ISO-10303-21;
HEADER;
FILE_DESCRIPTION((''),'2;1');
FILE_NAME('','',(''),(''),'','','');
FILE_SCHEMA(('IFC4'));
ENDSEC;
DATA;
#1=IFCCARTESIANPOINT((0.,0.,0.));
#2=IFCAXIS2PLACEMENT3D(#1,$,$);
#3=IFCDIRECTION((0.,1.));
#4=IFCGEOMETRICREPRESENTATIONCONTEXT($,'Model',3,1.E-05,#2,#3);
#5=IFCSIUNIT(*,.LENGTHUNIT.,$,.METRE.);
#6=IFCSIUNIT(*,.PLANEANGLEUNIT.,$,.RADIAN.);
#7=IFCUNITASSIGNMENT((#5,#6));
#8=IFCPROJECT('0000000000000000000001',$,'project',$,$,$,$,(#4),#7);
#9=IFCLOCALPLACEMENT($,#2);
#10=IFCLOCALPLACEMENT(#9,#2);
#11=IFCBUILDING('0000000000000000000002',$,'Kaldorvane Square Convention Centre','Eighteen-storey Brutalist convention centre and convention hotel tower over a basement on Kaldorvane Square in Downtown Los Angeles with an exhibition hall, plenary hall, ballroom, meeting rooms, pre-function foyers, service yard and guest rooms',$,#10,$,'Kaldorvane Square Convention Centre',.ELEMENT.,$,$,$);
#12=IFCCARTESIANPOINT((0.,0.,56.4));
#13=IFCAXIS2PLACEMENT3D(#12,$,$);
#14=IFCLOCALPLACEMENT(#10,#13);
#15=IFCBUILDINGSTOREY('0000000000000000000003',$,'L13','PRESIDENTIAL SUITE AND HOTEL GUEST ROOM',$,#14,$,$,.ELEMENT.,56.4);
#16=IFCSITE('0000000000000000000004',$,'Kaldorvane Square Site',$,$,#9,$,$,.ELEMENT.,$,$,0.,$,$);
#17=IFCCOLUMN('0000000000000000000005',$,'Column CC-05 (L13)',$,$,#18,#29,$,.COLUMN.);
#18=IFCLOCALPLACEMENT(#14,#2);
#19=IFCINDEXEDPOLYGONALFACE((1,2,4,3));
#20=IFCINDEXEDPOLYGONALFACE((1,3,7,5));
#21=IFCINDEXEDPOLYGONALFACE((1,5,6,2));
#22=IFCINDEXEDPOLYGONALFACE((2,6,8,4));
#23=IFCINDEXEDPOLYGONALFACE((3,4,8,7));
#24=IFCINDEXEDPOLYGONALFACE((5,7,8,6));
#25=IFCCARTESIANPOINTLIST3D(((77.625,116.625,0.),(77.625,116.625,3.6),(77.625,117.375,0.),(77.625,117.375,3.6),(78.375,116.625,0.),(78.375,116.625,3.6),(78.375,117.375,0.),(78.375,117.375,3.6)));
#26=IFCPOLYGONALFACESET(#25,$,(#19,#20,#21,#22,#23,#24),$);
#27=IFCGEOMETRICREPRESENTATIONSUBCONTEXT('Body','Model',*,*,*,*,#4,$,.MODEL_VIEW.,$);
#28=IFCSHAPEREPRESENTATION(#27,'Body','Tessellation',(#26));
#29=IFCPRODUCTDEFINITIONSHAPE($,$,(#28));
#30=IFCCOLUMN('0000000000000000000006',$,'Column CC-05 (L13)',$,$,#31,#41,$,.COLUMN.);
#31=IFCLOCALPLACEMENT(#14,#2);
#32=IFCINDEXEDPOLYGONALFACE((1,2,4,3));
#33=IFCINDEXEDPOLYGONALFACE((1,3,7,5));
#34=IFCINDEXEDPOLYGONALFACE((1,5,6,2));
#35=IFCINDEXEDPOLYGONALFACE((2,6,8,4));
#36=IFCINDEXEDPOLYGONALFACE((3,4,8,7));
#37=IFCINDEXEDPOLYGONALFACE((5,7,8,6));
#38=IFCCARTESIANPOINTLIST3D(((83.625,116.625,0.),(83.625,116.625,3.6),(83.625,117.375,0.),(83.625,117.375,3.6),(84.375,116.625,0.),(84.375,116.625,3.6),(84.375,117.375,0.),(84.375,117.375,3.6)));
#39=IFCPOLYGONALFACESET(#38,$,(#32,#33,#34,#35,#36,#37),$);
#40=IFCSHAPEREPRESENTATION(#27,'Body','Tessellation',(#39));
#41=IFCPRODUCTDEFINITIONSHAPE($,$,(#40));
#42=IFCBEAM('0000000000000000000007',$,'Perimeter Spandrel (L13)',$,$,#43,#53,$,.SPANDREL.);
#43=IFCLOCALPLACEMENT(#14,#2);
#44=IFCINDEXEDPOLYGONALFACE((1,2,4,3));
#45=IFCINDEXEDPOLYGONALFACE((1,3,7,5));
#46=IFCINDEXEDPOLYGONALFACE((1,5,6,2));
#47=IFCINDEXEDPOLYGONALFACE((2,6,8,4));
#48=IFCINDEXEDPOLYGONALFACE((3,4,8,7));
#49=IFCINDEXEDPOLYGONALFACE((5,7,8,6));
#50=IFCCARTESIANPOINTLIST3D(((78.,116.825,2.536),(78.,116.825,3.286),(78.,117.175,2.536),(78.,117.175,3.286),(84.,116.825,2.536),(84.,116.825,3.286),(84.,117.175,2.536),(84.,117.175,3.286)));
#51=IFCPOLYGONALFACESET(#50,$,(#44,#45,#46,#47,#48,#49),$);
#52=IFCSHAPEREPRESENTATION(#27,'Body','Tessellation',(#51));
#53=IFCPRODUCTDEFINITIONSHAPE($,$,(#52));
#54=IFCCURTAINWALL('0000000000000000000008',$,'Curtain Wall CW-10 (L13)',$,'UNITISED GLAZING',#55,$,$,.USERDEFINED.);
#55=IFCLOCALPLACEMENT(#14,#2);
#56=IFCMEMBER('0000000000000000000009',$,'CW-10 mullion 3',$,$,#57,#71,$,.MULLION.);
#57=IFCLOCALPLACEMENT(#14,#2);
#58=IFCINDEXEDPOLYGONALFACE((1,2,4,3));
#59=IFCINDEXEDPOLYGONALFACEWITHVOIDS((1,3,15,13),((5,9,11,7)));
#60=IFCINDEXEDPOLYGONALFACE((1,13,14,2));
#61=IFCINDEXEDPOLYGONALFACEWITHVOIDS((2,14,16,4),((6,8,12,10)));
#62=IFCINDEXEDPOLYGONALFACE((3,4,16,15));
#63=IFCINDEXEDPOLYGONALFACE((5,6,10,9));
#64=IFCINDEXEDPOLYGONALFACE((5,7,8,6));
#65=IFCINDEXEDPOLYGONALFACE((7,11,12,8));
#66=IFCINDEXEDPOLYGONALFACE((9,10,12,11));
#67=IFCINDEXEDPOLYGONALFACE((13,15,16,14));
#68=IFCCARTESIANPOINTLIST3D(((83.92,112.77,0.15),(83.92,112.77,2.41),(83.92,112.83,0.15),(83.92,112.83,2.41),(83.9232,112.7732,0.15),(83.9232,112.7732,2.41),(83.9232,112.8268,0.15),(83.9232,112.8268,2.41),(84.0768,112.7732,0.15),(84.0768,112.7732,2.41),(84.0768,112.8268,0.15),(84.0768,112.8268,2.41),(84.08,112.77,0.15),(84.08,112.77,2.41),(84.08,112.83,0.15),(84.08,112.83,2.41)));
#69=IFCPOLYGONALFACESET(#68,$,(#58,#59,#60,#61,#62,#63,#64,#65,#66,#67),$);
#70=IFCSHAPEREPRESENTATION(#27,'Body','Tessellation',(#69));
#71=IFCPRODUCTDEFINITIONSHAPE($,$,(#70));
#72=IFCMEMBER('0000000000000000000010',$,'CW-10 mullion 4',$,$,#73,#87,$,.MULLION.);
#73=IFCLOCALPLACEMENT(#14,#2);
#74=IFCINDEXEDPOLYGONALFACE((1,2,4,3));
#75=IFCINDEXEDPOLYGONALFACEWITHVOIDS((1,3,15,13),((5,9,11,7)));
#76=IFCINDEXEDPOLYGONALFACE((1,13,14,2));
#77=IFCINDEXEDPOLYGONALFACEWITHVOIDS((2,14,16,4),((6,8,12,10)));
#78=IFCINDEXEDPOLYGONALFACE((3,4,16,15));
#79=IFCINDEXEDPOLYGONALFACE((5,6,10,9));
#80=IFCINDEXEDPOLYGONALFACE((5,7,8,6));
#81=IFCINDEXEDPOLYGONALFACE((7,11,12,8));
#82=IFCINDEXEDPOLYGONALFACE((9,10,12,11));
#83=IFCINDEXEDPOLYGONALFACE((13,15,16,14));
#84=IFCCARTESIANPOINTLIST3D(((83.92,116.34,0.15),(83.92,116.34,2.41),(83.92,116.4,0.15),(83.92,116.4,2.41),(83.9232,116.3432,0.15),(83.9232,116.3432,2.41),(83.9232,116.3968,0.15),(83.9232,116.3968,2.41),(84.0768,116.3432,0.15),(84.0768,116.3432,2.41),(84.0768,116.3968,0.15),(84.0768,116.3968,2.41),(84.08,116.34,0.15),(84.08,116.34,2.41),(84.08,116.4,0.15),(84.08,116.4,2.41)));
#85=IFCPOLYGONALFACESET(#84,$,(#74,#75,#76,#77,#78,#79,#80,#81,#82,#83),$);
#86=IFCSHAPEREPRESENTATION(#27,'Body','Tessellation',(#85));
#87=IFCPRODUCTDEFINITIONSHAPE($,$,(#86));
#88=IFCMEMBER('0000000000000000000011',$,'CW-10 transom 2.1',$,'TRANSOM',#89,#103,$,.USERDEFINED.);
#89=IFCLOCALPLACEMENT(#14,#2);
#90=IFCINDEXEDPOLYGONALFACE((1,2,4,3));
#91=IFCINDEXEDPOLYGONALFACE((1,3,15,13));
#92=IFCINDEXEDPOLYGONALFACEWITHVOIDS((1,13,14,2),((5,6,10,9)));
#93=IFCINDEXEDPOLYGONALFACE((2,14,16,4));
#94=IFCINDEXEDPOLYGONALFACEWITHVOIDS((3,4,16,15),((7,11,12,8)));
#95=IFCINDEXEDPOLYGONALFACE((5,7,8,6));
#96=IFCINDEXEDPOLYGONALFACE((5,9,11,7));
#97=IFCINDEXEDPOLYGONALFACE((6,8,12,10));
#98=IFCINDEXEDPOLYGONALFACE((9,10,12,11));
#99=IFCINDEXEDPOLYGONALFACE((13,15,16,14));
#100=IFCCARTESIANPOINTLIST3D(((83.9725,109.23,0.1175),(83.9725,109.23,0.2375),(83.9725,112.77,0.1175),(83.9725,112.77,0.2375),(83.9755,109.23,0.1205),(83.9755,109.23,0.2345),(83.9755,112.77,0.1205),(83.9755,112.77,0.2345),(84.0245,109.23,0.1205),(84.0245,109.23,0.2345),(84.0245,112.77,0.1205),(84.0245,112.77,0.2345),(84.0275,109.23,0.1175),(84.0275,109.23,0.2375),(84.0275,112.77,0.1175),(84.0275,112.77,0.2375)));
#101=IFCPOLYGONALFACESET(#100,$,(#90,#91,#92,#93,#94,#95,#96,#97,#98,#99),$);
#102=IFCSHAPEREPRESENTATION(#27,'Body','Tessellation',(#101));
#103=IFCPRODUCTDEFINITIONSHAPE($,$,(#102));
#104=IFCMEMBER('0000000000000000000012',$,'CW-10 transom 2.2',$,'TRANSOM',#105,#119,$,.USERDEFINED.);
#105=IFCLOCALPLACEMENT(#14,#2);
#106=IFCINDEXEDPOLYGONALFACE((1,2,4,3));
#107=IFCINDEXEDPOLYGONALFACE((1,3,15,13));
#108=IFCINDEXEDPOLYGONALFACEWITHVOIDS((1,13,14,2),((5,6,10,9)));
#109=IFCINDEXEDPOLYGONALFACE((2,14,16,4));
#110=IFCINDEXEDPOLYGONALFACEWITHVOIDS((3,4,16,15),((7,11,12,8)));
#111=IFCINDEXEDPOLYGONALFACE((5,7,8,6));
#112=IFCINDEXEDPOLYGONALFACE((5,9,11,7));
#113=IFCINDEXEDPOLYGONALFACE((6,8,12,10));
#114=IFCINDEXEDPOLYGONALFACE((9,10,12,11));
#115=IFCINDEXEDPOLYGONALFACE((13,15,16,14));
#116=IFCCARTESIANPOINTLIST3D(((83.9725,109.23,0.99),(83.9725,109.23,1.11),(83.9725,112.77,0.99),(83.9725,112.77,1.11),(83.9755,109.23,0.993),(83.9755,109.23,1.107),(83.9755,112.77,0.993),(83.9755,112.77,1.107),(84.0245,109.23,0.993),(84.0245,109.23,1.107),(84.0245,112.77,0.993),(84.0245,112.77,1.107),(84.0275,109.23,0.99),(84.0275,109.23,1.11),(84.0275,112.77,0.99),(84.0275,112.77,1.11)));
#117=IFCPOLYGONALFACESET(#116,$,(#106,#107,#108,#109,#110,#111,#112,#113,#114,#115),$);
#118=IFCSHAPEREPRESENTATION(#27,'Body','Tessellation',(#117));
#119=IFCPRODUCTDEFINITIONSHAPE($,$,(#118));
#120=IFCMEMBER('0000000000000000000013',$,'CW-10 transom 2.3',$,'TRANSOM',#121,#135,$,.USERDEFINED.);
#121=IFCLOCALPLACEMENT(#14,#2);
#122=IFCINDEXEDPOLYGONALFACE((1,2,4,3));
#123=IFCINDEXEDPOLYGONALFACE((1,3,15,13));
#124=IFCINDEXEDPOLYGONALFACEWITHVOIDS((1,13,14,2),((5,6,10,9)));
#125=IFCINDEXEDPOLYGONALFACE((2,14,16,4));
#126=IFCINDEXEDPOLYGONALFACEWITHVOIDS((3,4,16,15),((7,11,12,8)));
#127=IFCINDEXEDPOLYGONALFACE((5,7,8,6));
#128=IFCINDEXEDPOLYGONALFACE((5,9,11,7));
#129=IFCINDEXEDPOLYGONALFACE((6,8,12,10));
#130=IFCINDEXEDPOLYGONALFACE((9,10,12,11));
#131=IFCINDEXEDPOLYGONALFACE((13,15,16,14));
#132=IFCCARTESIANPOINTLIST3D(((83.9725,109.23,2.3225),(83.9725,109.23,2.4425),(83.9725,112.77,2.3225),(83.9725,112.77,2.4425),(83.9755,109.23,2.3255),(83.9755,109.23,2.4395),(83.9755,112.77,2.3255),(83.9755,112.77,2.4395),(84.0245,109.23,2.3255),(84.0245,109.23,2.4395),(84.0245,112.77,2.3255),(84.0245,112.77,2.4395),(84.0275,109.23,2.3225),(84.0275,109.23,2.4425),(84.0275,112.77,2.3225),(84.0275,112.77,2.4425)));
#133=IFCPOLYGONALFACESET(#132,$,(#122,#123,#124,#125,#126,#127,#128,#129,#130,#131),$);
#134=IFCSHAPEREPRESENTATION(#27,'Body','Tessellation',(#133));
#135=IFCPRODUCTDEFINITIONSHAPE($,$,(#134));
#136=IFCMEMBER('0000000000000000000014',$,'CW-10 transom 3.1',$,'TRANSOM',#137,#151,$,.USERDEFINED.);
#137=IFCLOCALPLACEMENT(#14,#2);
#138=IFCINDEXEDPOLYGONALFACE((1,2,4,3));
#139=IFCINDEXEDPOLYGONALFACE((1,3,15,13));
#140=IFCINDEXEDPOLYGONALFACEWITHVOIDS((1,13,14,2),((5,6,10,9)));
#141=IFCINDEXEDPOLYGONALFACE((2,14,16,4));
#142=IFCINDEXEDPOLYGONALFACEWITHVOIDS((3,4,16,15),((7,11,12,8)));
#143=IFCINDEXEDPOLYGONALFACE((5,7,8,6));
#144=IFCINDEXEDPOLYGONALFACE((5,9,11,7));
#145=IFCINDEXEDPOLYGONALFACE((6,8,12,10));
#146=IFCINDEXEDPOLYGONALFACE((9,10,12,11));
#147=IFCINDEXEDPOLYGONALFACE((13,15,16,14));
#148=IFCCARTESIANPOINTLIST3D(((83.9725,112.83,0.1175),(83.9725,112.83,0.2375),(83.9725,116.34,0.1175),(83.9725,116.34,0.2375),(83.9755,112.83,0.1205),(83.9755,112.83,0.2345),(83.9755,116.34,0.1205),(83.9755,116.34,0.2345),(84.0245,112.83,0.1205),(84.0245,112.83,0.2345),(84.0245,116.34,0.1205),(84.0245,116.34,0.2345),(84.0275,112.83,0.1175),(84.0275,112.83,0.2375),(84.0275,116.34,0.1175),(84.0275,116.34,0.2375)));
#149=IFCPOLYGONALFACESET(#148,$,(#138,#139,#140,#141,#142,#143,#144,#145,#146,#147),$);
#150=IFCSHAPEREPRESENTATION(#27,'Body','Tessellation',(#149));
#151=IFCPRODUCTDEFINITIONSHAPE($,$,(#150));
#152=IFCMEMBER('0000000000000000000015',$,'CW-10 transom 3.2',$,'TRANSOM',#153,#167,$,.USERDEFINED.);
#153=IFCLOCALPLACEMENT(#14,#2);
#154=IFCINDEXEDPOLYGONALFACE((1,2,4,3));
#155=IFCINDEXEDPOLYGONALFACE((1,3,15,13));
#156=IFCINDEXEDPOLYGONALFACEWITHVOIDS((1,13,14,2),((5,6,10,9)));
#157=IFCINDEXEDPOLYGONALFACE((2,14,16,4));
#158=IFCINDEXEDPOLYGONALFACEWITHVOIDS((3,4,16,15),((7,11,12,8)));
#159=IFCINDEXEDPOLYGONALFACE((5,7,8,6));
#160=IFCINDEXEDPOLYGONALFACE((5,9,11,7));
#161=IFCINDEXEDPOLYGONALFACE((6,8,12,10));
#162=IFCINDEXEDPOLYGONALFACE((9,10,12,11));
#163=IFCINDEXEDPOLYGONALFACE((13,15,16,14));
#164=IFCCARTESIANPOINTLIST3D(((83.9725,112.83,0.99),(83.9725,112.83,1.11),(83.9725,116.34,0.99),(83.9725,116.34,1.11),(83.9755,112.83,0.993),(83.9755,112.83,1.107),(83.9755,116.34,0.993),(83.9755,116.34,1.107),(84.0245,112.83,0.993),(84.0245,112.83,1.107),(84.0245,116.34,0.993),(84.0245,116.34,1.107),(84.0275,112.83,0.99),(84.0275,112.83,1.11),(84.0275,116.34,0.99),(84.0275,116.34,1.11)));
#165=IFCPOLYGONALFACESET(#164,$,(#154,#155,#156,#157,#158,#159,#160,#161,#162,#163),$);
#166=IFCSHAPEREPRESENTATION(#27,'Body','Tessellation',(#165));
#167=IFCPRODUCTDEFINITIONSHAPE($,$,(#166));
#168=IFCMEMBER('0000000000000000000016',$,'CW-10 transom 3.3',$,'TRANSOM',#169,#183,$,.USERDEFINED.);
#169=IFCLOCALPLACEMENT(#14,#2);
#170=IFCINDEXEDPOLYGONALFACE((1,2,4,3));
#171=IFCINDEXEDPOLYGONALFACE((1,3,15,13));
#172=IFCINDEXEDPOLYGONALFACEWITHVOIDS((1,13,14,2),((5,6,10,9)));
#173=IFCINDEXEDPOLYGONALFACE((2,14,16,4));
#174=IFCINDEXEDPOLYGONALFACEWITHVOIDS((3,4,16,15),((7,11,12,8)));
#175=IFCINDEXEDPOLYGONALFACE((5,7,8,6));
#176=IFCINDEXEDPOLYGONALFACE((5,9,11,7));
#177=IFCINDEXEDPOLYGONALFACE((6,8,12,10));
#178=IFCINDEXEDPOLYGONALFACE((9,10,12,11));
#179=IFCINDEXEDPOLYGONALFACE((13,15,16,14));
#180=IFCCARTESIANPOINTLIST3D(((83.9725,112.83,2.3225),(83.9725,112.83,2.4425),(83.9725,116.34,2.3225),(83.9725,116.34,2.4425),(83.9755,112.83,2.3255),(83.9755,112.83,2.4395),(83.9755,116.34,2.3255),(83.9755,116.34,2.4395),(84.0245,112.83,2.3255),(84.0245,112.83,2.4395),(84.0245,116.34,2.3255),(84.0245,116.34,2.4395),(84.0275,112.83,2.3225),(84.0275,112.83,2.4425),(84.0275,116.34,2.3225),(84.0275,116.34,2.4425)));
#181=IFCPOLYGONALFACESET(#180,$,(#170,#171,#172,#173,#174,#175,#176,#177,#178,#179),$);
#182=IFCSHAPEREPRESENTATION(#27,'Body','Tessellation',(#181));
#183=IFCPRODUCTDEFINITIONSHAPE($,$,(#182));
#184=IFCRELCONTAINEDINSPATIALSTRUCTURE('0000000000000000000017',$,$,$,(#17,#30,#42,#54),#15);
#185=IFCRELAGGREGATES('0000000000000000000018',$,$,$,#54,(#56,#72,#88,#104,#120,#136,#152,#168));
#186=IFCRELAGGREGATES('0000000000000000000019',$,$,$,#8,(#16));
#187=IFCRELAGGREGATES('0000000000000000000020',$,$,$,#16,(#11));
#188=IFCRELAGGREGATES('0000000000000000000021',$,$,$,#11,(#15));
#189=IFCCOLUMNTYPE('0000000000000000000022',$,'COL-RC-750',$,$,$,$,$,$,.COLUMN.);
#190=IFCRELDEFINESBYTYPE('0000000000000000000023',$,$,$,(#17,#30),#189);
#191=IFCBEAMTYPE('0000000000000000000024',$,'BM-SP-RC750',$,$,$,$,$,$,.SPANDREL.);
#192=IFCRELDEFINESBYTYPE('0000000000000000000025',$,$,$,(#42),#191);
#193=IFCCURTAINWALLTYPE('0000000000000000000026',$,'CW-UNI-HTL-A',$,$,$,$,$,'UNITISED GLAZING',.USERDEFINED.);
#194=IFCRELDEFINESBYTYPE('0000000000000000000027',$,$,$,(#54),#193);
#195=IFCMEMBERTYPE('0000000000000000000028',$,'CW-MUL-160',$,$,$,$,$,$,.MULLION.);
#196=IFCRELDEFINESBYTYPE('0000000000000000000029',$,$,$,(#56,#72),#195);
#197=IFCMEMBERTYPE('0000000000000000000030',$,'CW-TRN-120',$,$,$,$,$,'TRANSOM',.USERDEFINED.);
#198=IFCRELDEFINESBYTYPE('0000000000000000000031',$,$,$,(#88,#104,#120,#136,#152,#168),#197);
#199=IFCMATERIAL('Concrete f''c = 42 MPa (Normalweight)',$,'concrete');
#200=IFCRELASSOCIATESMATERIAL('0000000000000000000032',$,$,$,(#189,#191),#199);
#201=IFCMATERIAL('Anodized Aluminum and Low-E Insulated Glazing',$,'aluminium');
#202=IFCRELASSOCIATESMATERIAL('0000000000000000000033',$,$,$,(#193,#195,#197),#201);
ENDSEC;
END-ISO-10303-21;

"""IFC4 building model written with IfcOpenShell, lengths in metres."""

from ifc_helpers import new_model, si_unit, direction, frame, origin, origin_2d, place, context, subcontext, project, spatial, rectangle, hollow_rectangle, extrude, material, material_profile, profile_set, type_object, element, aggregate, save


model = new_model("IFC4")

# Units and contexts
model_context = context("Model", 3, precision=1e-05, world=origin(), true_north=direction((0.0, 1.0)))
body_context = subcontext(model_context, "Body", "Model", "MODEL_VIEW")
ifc_project = project(units=[si_unit("LENGTHUNIT", "METRE"), si_unit("PLANEANGLEUNIT", "RADIAN")], contexts=[model_context])

# Site, building, storey
site_placement = place(None, origin())
site = spatial("IfcSite", under=ifc_project, at=site_placement, Name="Kaldorvane Square Site", CompositionType="ELEMENT", RefElevation=0.0)
building_placement = place(site_placement, origin())
building = spatial("IfcBuilding", under=site, at=building_placement, Name="Kaldorvane Square Convention Centre", Description="Eighteen-storey Brutalist convention centre and convention hotel tower over a basement on Kaldorvane Square in Downtown Los Angeles with an exhibition hall, plenary hall, ballroom, meeting rooms, pre-function foyers, service yard and guest rooms", LongName="Kaldorvane Square Convention Centre", CompositionType="ELEMENT")
storey_placement = place(building_placement, frame((0.0, 0.0, 56.4)))
storey = spatial("IfcBuildingStorey", under=building, at=storey_placement, Name="L13", Description="PRESIDENTIAL SUITE AND HOTEL GUEST ROOM", CompositionType="ELEMENT", Elevation=56.4)

# Columns
ifc_material_1 = material(Name="Concrete f'c = 42 MPa (Normalweight)", Category="concrete")
ifc_material_profile_1 = material_profile(ifc_material_1, rectangle(XDim=0.75, YDim=0.75, at=origin_2d()), Name="RC750X750")
ifc_profile_set_1 = profile_set([ifc_material_profile_1], Name="Concrete f'c = 42 MPa (Normalweight)")
column_type = type_object("IfcColumnType", Name="COL-RC-750", PredefinedType="COLUMN", material=ifc_profile_set_1)
for number, where, z_axis, x_axis, name in (
    (1, (78.0, 117.0, 0.0), (0.0, 0.0, 1.0), (1.0, 0.0, 0.0), "Column CC-05 (L13)"),
    (2, (84.0, 117.0, 0.0), (0.0, 0.0, 1.0), (1.0, 0.0, 0.0), "Column CC-05 (L13)"),
):
    element("IfcColumn", number, at=place(storey_placement, frame(where, z_axis=z_axis, x_axis=x_axis)), inside=storey, type_object=column_type, Name=name, PredefinedType="COLUMN", context=body_context, shape_type="SweptSolid", body=[
        extrude(rectangle(XDim=0.75, YDim=0.75, at=origin_2d()), origin(), (0.0, 0.0, 1.0), 3.6),
    ])

# Beam
ifc_material_profile_2 = material_profile(ifc_material_1, rectangle(XDim=0.35, YDim=0.75, at=origin_2d()), Name="RCSP750X350")
ifc_profile_set_2 = profile_set([ifc_material_profile_2], Name="Concrete f'c = 42 MPa (Normalweight)")
beam_type = type_object("IfcBeamType", Name="BM-SP-RC750", PredefinedType="SPANDREL", material=ifc_profile_set_2)
beam_placement = place(storey_placement, frame((78.0, 117.0, 2.911), z_axis=(1.0, 0.0, 0.0), x_axis=(0.0, 1.0, 0.0)))
element("IfcBeam", 3, at=beam_placement, inside=storey, type_object=beam_type, Name="Perimeter Spandrel (L13)", PredefinedType="SPANDREL", context=body_context, shape_type="SweptSolid", body=[
    extrude(rectangle(XDim=0.35, YDim=0.75, at=origin_2d()), origin(), (0.0, 0.0, 1.0), 6.0),
])

# Curtain wall, members
ifc_material_2 = material(Name="Anodized Aluminum and Low-E Insulated Glazing", Category="aluminium")
curtain_wall_type = type_object("IfcCurtainWallType", Name="CW-UNI-HTL-A", ElementType="UNITISED GLAZING", PredefinedType="USERDEFINED", material=ifc_material_2)
curtain_wall_placement = place(storey_placement, origin())
curtain_wall = element("IfcCurtainWall", 4, at=curtain_wall_placement, inside=storey, type_object=curtain_wall_type, Name="Curtain Wall CW-10 (L13)", ObjectType="UNITISED GLAZING", PredefinedType="USERDEFINED")
ifc_material_profile_3 = material_profile(ifc_material_2, hollow_rectangle(XDim=0.06, YDim=0.16, WallThickness=0.0032, at=origin_2d()), Name="CWM-160X60")
ifc_profile_set_3 = profile_set([ifc_material_profile_3], Name="Anodized Aluminum and Low-E Insulated Glazing")
member_type_1 = type_object("IfcMemberType", Name="CW-MUL-160", PredefinedType="MULLION", material=ifc_profile_set_3)
member_1_placement = place(storey_placement, frame((84.0, 112.8, 0.15), z_axis=(0.0, 0.0, 1.0), x_axis=(0.0, 1.0, 0.0)))
member_1 = element("IfcMember", 5, at=member_1_placement, type_object=member_type_1, Name="CW-10 mullion 3", PredefinedType="MULLION", context=body_context, shape_type="SweptSolid", body=[
    extrude(hollow_rectangle(XDim=0.06, YDim=0.16, WallThickness=0.0032, at=origin_2d()), origin(), (0.0, 0.0, 1.0), 2.26),
])
member_2_placement = place(storey_placement, frame((84.0, 116.37, 0.15), z_axis=(0.0, 0.0, 1.0), x_axis=(0.0, 1.0, 0.0)))
member_2 = element("IfcMember", 6, at=member_2_placement, type_object=member_type_1, Name="CW-10 mullion 4", PredefinedType="MULLION", context=body_context, shape_type="SweptSolid", body=[
    extrude(hollow_rectangle(XDim=0.06, YDim=0.16, WallThickness=0.0032, at=origin_2d()), origin(), (0.0, 0.0, 1.0), 2.26),
])
ifc_material_profile_4 = material_profile(ifc_material_2, hollow_rectangle(XDim=0.055, YDim=0.12, WallThickness=0.003, at=origin_2d()), Name="CWT-120X55")
ifc_profile_set_4 = profile_set([ifc_material_profile_4], Name="Anodized Aluminum and Low-E Insulated Glazing")
member_type_2 = type_object("IfcMemberType", Name="CW-TRN-120", ElementType="TRANSOM", PredefinedType="USERDEFINED", material=ifc_profile_set_4)
member_3_placement = place(storey_placement, frame((84.0, 109.23, 0.1775), z_axis=(0.0, 1.0, 0.0), x_axis=(-1.0, 0.0, 0.0)))
member_3 = element("IfcMember", 7, at=member_3_placement, type_object=member_type_2, Name="CW-10 transom 2.1", ObjectType="TRANSOM", PredefinedType="USERDEFINED", context=body_context, shape_type="SweptSolid", body=[
    extrude(hollow_rectangle(XDim=0.055, YDim=0.12, WallThickness=0.003, at=origin_2d()), origin(), (0.0, 0.0, 1.0), 3.54),
])
member_4_placement = place(storey_placement, frame((84.0, 109.23, 1.05), z_axis=(0.0, 1.0, 0.0), x_axis=(-1.0, 0.0, 0.0)))
member_4 = element("IfcMember", 8, at=member_4_placement, type_object=member_type_2, Name="CW-10 transom 2.2", ObjectType="TRANSOM", PredefinedType="USERDEFINED", context=body_context, shape_type="SweptSolid", body=[
    extrude(hollow_rectangle(XDim=0.055, YDim=0.12, WallThickness=0.003, at=origin_2d()), origin(), (0.0, 0.0, 1.0), 3.54),
])
member_5_placement = place(storey_placement, frame((84.0, 109.23, 2.3825), z_axis=(0.0, 1.0, 0.0), x_axis=(-1.0, 0.0, 0.0)))
member_5 = element("IfcMember", 9, at=member_5_placement, type_object=member_type_2, Name="CW-10 transom 2.3", ObjectType="TRANSOM", PredefinedType="USERDEFINED", context=body_context, shape_type="SweptSolid", body=[
    extrude(hollow_rectangle(XDim=0.055, YDim=0.12, WallThickness=0.003, at=origin_2d()), origin(), (0.0, 0.0, 1.0), 3.54),
])
member_6_placement = place(storey_placement, frame((84.0, 112.83, 0.1775), z_axis=(0.0, 1.0, 0.0), x_axis=(-1.0, 0.0, 0.0)))
member_6 = element("IfcMember", 10, at=member_6_placement, type_object=member_type_2, Name="CW-10 transom 3.1", ObjectType="TRANSOM", PredefinedType="USERDEFINED", context=body_context, shape_type="SweptSolid", body=[
    extrude(hollow_rectangle(XDim=0.055, YDim=0.12, WallThickness=0.003, at=origin_2d()), origin(), (0.0, 0.0, 1.0), 3.51),
])
member_7_placement = place(storey_placement, frame((84.0, 112.83, 1.05), z_axis=(0.0, 1.0, 0.0), x_axis=(-1.0, 0.0, 0.0)))
member_7 = element("IfcMember", 11, at=member_7_placement, type_object=member_type_2, Name="CW-10 transom 3.2", ObjectType="TRANSOM", PredefinedType="USERDEFINED", context=body_context, shape_type="SweptSolid", body=[
    extrude(hollow_rectangle(XDim=0.055, YDim=0.12, WallThickness=0.003, at=origin_2d()), origin(), (0.0, 0.0, 1.0), 3.51),
])
member_8_placement = place(storey_placement, frame((84.0, 112.83, 2.3825), z_axis=(0.0, 1.0, 0.0), x_axis=(-1.0, 0.0, 0.0)))
member_8 = element("IfcMember", 12, at=member_8_placement, type_object=member_type_2, Name="CW-10 transom 3.3", ObjectType="TRANSOM", PredefinedType="USERDEFINED", context=body_context, shape_type="SweptSolid", body=[
    extrude(hollow_rectangle(XDim=0.055, YDim=0.12, WallThickness=0.003, at=origin_2d()), origin(), (0.0, 0.0, 1.0), 3.51),
])
aggregate(curtain_wall, [member_1, member_2, member_3, member_4, member_5, member_6, member_7, member_8])

save(model, "model.ifc")
